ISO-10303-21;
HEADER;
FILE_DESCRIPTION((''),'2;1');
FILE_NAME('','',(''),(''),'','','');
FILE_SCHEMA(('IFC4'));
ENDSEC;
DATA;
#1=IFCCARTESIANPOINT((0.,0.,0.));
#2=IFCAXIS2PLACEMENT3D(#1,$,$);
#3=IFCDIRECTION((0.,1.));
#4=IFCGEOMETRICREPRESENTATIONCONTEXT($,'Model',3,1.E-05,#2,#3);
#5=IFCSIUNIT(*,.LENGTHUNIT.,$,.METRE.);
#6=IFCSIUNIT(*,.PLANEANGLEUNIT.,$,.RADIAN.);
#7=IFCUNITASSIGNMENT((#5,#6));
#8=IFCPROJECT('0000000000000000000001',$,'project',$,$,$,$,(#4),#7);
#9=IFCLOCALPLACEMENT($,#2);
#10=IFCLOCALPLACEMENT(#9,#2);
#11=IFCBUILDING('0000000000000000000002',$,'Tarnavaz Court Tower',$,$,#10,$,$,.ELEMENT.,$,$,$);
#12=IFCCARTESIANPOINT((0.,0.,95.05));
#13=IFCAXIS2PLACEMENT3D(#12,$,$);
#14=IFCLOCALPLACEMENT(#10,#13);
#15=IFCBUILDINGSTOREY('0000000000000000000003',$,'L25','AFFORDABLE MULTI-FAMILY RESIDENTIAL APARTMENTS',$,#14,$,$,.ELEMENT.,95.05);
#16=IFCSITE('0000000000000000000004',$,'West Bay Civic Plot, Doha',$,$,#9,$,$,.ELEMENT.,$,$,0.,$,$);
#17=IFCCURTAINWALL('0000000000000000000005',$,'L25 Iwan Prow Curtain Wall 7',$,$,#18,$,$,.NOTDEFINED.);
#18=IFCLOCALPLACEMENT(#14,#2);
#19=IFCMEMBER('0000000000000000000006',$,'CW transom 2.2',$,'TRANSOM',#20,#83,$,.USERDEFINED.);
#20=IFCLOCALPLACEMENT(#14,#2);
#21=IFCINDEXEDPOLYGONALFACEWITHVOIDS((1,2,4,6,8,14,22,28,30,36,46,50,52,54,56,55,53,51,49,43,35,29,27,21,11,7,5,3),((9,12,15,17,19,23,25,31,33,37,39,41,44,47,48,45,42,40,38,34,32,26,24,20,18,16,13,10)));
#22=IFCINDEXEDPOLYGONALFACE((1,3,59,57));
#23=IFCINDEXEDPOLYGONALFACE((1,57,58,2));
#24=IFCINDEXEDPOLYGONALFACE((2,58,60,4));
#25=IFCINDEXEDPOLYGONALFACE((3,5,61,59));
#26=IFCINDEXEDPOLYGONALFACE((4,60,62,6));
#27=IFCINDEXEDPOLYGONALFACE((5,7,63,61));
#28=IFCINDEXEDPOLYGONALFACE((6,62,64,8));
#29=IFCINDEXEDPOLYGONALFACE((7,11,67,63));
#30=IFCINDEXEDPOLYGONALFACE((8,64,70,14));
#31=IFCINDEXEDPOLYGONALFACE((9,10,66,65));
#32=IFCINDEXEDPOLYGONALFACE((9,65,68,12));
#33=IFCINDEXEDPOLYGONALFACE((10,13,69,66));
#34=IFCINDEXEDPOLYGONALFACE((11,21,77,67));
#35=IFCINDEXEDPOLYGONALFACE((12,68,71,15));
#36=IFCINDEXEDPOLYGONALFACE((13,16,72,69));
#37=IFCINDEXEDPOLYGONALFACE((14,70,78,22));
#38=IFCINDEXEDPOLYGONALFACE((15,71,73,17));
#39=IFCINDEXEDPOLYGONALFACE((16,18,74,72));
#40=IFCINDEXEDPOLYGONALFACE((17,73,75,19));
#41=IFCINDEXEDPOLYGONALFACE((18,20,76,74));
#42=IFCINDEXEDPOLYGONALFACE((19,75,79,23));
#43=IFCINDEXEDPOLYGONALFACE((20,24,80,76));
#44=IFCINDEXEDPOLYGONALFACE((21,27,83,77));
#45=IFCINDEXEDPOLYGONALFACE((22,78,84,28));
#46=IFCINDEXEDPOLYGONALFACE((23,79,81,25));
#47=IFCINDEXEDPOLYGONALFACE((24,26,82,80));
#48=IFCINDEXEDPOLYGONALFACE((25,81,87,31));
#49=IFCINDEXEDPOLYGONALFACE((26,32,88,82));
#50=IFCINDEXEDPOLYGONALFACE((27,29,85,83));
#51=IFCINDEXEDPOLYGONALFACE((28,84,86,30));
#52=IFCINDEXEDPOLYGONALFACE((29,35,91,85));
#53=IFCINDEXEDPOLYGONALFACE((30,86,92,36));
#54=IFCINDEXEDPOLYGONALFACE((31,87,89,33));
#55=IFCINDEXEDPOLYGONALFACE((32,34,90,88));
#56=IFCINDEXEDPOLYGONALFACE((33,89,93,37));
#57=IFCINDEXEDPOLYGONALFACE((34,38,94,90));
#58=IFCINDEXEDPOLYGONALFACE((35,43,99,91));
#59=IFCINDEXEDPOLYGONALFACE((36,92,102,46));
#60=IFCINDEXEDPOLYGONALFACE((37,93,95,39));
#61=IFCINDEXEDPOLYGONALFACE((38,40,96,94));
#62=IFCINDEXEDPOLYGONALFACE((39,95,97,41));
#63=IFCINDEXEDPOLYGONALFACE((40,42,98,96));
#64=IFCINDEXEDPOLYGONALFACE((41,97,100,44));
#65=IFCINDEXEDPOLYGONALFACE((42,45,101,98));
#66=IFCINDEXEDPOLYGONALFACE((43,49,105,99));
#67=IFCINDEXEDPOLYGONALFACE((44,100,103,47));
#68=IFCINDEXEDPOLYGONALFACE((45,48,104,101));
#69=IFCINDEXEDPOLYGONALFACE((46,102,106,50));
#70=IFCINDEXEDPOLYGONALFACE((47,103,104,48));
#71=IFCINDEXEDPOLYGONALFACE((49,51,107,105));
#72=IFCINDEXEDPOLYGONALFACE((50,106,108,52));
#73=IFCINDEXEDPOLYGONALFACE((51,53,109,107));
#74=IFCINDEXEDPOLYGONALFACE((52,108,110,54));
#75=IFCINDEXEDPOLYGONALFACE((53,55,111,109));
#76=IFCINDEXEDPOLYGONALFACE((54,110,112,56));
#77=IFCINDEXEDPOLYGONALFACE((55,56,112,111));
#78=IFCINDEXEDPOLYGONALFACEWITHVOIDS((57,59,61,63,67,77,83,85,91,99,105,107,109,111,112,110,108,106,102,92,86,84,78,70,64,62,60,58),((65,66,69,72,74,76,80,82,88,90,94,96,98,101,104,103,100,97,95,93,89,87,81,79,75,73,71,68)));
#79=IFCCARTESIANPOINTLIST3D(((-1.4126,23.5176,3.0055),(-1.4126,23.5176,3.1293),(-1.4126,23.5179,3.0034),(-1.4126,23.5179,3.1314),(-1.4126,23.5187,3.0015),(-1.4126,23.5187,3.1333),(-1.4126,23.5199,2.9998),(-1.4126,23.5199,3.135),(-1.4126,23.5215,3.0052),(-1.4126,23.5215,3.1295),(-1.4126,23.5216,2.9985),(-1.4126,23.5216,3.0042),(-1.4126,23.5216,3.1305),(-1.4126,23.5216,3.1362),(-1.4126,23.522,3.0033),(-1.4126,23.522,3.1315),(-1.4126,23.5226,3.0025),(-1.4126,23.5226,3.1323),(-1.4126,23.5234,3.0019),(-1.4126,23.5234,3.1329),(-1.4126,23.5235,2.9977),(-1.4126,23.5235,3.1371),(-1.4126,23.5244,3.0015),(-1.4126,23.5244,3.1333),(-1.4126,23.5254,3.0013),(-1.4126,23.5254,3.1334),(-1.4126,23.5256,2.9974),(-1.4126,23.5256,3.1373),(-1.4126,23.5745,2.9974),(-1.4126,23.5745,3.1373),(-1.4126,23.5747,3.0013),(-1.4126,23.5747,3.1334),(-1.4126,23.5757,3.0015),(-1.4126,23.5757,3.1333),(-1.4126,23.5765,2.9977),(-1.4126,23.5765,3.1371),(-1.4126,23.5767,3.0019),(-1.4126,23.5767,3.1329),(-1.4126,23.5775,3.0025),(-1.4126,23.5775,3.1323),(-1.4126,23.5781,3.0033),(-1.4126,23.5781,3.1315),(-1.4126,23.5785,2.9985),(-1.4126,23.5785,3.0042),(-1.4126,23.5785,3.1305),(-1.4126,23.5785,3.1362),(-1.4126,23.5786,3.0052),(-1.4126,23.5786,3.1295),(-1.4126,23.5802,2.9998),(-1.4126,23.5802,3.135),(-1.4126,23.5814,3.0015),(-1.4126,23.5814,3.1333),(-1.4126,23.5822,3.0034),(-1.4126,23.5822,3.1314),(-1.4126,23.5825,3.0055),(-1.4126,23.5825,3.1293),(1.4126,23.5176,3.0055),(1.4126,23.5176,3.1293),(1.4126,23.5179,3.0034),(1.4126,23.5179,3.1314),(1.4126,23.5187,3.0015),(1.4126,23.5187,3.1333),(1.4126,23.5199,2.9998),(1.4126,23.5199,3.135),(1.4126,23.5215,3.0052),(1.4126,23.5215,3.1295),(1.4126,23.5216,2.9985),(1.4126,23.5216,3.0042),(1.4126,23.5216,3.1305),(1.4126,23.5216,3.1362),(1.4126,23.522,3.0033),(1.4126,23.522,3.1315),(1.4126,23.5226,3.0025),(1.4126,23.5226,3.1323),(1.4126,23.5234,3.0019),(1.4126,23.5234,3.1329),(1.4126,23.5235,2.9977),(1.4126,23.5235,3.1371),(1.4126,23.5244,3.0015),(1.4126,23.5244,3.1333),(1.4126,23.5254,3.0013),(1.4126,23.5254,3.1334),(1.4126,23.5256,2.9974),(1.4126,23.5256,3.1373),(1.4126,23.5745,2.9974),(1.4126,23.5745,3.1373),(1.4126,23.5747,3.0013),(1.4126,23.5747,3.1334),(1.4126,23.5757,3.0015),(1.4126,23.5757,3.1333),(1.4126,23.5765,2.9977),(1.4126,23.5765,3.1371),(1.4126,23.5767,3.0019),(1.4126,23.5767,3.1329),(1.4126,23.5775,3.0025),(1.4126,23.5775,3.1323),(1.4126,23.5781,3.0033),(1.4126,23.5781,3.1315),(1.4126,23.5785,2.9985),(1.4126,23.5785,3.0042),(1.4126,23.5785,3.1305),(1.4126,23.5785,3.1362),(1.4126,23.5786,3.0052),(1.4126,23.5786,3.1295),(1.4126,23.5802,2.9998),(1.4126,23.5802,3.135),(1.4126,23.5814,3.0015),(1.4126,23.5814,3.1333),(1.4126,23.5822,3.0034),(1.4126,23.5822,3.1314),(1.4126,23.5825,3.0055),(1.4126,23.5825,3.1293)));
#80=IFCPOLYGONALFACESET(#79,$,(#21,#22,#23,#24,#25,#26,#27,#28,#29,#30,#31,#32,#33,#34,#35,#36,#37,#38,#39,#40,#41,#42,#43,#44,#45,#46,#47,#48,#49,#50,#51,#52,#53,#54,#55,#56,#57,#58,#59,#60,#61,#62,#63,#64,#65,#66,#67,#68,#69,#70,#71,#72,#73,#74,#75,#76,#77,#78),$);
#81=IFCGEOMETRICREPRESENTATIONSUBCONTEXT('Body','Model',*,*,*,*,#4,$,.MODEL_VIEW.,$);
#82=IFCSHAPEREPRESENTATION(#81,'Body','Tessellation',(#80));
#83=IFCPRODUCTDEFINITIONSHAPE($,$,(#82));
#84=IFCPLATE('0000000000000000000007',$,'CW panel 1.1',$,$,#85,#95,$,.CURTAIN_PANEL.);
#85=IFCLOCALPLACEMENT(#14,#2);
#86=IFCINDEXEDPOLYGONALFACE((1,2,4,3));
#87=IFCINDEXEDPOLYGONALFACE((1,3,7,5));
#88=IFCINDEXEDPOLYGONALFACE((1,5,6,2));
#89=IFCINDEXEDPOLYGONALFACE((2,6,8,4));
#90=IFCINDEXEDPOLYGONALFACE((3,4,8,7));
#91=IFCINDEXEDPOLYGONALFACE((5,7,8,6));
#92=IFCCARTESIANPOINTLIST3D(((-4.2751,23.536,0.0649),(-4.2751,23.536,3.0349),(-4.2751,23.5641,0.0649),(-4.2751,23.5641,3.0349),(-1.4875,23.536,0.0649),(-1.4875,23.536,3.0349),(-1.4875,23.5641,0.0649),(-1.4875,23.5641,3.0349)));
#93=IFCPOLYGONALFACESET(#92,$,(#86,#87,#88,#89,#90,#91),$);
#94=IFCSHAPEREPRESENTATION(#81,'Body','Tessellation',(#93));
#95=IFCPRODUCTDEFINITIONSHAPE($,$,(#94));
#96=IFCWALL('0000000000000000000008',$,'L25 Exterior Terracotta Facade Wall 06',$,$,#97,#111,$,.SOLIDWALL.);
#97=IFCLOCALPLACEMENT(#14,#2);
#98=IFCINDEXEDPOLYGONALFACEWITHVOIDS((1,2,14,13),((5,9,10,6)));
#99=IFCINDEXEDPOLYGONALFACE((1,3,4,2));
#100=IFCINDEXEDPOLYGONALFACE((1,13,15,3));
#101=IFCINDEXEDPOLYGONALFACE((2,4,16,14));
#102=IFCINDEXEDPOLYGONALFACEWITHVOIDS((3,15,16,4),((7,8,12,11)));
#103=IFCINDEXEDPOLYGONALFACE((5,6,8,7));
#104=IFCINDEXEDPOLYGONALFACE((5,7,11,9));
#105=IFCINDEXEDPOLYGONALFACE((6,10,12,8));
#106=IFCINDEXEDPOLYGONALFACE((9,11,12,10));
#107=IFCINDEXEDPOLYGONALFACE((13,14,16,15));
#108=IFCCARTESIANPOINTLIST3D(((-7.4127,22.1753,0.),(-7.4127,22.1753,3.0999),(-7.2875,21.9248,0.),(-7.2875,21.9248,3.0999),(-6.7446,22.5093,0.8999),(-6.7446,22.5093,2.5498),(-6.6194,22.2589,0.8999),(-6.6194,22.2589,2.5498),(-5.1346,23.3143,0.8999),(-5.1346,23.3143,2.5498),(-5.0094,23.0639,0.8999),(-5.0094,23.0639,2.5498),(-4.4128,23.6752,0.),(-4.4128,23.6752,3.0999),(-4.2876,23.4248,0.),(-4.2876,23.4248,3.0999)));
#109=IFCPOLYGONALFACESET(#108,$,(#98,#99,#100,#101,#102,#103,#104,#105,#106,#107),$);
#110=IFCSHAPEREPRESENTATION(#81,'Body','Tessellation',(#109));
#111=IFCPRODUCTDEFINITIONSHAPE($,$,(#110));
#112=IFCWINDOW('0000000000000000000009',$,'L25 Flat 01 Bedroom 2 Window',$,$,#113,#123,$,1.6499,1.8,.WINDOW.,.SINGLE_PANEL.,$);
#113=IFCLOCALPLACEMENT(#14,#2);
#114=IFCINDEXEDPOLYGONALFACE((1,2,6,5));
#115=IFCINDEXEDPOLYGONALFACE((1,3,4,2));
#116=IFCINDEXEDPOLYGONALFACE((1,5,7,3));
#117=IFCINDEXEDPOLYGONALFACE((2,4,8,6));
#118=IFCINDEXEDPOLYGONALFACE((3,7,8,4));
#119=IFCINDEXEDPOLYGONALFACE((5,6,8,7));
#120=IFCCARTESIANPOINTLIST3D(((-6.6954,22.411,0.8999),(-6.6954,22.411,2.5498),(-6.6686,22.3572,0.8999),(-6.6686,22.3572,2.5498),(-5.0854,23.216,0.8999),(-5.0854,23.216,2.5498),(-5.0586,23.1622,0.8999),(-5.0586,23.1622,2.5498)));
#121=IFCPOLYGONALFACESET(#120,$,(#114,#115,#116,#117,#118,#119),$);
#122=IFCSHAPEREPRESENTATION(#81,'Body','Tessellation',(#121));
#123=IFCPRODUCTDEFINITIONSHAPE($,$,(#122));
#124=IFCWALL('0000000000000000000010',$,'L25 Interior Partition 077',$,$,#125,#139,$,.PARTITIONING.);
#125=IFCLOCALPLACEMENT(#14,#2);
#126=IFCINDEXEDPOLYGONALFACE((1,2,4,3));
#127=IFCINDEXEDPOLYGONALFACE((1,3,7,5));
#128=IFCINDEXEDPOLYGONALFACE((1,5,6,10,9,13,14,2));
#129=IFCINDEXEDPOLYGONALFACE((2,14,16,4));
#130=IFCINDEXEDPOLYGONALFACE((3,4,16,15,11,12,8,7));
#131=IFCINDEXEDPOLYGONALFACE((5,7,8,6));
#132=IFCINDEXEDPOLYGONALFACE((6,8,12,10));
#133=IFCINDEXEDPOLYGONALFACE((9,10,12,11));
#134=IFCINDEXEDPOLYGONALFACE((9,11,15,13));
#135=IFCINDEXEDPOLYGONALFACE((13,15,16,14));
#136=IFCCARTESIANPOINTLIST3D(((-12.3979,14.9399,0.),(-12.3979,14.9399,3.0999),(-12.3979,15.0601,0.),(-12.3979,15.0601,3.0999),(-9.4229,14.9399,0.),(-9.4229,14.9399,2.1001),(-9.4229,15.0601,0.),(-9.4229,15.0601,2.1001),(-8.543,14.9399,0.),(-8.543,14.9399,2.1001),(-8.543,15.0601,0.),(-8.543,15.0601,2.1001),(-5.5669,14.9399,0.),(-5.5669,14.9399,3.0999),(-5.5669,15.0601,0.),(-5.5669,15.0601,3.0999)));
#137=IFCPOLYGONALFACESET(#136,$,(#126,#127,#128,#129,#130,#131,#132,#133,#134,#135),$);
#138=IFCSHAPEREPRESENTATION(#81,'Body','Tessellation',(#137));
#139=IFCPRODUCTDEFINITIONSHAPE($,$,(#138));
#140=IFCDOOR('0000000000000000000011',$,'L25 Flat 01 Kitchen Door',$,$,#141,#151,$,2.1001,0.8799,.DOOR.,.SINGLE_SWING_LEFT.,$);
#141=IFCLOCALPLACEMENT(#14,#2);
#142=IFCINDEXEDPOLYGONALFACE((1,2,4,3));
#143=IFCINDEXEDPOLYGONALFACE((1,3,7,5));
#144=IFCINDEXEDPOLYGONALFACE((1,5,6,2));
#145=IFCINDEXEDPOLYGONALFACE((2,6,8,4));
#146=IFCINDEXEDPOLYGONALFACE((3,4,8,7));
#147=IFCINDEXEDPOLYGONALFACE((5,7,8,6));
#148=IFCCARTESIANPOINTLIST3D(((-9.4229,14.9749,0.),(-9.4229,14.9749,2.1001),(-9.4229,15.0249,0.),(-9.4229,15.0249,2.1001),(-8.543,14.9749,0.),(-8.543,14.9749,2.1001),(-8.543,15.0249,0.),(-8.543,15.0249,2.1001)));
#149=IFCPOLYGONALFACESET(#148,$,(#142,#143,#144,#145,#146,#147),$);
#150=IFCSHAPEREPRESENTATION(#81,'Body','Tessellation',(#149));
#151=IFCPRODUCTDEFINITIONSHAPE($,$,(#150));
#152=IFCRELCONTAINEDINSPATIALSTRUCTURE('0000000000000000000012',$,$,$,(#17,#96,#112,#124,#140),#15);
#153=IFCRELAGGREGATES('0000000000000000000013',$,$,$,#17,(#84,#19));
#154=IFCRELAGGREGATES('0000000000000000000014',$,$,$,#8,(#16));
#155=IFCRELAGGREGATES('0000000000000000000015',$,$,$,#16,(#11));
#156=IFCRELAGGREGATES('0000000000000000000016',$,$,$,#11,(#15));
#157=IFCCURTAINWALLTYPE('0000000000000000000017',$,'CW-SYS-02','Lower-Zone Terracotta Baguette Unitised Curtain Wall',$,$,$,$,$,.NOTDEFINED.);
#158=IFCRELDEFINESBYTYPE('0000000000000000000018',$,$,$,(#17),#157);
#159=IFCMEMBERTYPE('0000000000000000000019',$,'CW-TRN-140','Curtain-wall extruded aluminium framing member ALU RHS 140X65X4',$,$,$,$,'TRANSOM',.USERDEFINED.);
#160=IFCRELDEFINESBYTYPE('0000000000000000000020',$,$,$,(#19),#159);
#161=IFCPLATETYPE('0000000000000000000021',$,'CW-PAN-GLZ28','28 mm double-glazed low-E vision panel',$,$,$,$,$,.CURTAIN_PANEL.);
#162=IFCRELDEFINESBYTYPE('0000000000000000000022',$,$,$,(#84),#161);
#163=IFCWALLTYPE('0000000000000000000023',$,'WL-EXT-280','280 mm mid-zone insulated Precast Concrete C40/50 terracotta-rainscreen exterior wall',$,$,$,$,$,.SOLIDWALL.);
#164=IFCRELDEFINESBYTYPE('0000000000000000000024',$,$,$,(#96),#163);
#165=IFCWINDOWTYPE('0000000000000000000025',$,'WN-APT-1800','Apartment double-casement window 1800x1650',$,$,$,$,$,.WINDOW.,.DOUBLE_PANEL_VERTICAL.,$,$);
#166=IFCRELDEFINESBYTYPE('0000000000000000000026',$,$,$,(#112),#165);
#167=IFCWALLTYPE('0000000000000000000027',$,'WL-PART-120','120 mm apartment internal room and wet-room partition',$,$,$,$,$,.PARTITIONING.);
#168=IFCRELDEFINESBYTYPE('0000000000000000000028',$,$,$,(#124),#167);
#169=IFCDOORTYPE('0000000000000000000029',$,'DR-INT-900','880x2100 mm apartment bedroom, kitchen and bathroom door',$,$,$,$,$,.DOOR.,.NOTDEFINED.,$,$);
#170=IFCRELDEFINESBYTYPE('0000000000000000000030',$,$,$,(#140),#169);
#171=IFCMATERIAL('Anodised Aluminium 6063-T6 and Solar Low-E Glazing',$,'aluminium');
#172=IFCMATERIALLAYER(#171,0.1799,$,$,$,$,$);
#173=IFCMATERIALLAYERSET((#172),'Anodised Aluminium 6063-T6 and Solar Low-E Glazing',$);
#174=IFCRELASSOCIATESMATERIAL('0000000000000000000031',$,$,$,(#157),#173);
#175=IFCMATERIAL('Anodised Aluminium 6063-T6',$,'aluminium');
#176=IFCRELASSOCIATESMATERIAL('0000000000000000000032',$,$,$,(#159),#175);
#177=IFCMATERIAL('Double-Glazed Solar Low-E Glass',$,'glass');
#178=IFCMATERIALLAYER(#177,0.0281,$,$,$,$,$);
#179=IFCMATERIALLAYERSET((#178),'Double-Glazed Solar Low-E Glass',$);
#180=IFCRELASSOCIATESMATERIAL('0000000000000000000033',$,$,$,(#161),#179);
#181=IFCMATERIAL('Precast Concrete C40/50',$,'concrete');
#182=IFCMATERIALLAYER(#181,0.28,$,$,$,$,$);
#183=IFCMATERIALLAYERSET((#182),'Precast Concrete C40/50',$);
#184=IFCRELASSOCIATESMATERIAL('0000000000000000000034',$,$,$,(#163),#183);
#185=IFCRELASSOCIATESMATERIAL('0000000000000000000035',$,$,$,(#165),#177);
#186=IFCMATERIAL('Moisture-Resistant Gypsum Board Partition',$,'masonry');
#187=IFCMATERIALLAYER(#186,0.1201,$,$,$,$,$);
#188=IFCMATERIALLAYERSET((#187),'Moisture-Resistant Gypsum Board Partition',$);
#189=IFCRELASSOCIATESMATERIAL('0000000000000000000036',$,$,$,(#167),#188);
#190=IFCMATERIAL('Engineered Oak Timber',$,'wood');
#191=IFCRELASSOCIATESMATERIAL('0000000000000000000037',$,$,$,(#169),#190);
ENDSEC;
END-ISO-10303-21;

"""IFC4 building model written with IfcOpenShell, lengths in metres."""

from ifc_helpers import new_model, si_unit, direction, frame, frame_2d, origin, origin_2d, place, context, subcontext, project, spatial, rectangle, hollow_rectangle, extrude, material, layer, layer_set, material_profile, profile_set, type_object, element, fill, aggregate, save


model = new_model("IFC4")

# Units and contexts
model_context = context("Model", 3, precision=1e-05, world=origin(), true_north=direction((0.0, 1.0)))
body_context = subcontext(model_context, "Body", "Model", "MODEL_VIEW")
ifc_project = project(units=[si_unit("LENGTHUNIT", "METRE"), si_unit("PLANEANGLEUNIT", "RADIAN")], contexts=[model_context])

# Site, building, storey
site_placement = place(None, origin())
site = spatial("IfcSite", under=ifc_project, at=site_placement, Name="West Bay Civic Plot, Doha", CompositionType="ELEMENT", RefElevation=0.0)
building_placement = place(site_placement, origin())
building = spatial("IfcBuilding", under=site, at=building_placement, Name="Tarnavaz Court Tower", CompositionType="ELEMENT")
storey_placement = place(building_placement, frame((0.0, 0.0, 95.05)))
storey = spatial("IfcBuildingStorey", under=building, at=storey_placement, Name="L25", Description="AFFORDABLE MULTI-FAMILY RESIDENTIAL APARTMENTS", CompositionType="ELEMENT", Elevation=95.05)

# Curtain wall, member, plate
ifc_material_1 = material(Name="Anodised Aluminium 6063-T6 and Solar Low-E Glazing", Category="aluminium")
ifc_layer_1 = layer(ifc_material_1, 0.1799)
ifc_layer_set_1 = layer_set([ifc_layer_1], Name="Anodised Aluminium 6063-T6 and Solar Low-E Glazing")
curtain_wall_type = type_object("IfcCurtainWallType", Name="CW-SYS-02", Description="Lower-Zone Terracotta Baguette Unitised Curtain Wall", PredefinedType="NOTDEFINED", material=ifc_layer_set_1)
curtain_wall_placement = place(storey_placement, origin())
curtain_wall = element("IfcCurtainWall", 1, at=curtain_wall_placement, inside=storey, type_object=curtain_wall_type, Name="L25 Iwan Prow Curtain Wall 7", PredefinedType="NOTDEFINED")
ifc_material_2 = material(Name="Anodised Aluminium 6063-T6", Category="aluminium")
ifc_material_profile_1 = material_profile(ifc_material_2, hollow_rectangle(XDim=0.0649, YDim=0.1399, WallThickness=0.0039, InnerFilletRadius=0.0039, OuterFilletRadius=0.0081, at=origin_2d()), Name="ALU RHS 140X65X4")
ifc_profile_set_1 = profile_set([ifc_material_profile_1], Name="Anodised Aluminium 6063-T6")
member_type_1 = type_object("IfcMemberType", Name="CW-TRN-140", Description="Curtain-wall extruded aluminium framing member ALU RHS 140X65X4", ElementType="TRANSOM", PredefinedType="USERDEFINED", material=ifc_profile_set_1)
member_1_placement = place(storey_placement, frame((-1.4126, 23.55, 3.0674), z_axis=(1.0, 0.0, 0.0), x_axis=(0.0, 1.0, 0.0)))
member_1 = element("IfcMember", 2, at=member_1_placement, type_object=member_type_1, Name="CW transom 2.2", ObjectType="TRANSOM", PredefinedType="USERDEFINED", context=body_context, shape_type="SweptSolid", body=[
    extrude(hollow_rectangle(XDim=0.0649, YDim=0.1399, WallThickness=0.0039, InnerFilletRadius=0.0039, OuterFilletRadius=0.0081, at=origin_2d()), origin(), (0.0, 0.0, 1.0), 2.8252),
])
ifc_material_3 = material(Name="Double-Glazed Solar Low-E Glass", Category="glass")
ifc_layer_2 = layer(ifc_material_3, 0.0281)
ifc_layer_set_2 = layer_set([ifc_layer_2], Name="Double-Glazed Solar Low-E Glass")
plate_type = type_object("IfcPlateType", Name="CW-PAN-GLZ28", Description="28 mm double-glazed low-E vision panel", PredefinedType="CURTAIN_PANEL", material=ifc_layer_set_2)
plate_placement = place(storey_placement, frame((-2.8813, 23.55, 0.0649), z_axis=(0.0, 0.0, 1.0), x_axis=(1.0, 0.0, 0.0)))
plate = element("IfcPlate", 3, at=plate_placement, type_object=plate_type, Name="CW panel 1.1", PredefinedType="CURTAIN_PANEL", context=body_context, shape_type="SweptSolid", body=[
    extrude(rectangle(XDim=2.7876, YDim=0.0281, at=origin_2d()), origin(), (0.0, 0.0, 1.0), 2.97),
])
aggregate(curtain_wall, [plate, member_1])

# Wall, opening, window
ifc_material_4 = material(Name="Precast Concrete C40/50", Category="concrete")
ifc_layer_3 = layer(ifc_material_4, 0.28)
ifc_layer_set_3 = layer_set([ifc_layer_3], Name="Precast Concrete C40/50")
wall_type_1 = type_object("IfcWallType", Name="WL-EXT-280", Description="280 mm mid-zone insulated Precast Concrete C40/50 terracotta-rainscreen exterior wall", PredefinedType="SOLIDWALL", material=ifc_layer_set_3)
wall_1_placement = place(storey_placement, frame((-7.3501, 22.05, 0.0), z_axis=(0.0, 0.0, 1.0), x_axis=(0.894427, 0.447214, 0.0)))
wall_1 = element("IfcWall", 4, at=wall_1_placement, inside=storey, type_object=wall_type_1, Name="L25 Exterior Terracotta Facade Wall 06", PredefinedType="SOLIDWALL", context=body_context, shape_type="SweptSolid", body=[
    extrude(rectangle(XDim=3.354, YDim=0.28, at=frame_2d((1.677, 0.0))), origin(), (0.0, 0.0, 1.0), 3.0999),
])
opening_1_placement = place(wall_1_placement, frame((0.7471, 0.0, 0.8999)))
opening_1 = element("IfcOpeningElement", 5, at=opening_1_placement, cuts=wall_1, PredefinedType="OPENING", context=body_context, shape_type="SweptSolid", body=[
    extrude(rectangle(XDim=1.8, YDim=1.6499, at=frame_2d((0.8999, 0.825))), frame((0.0, 0.1499, 0.0), z_axis=(0.0, -1.0, 0.0), x_axis=(1.0, 0.0, 0.0)), (0.0, 0.0, 1.0), 0.3),
])
window_type = type_object("IfcWindowType", Name="WN-APT-1800", Description="Apartment double-casement window 1800x1650", PartitioningType="DOUBLE_PANEL_VERTICAL", PredefinedType="WINDOW", material=ifc_material_3)
window_placement = place(opening_1_placement, origin())
window = element("IfcWindow", 6, at=window_placement, inside=storey, type_object=window_type, Name="L25 Flat 01 Bedroom 2 Window", OverallHeight=1.6499, OverallWidth=1.8, PartitioningType="SINGLE_PANEL", PredefinedType="WINDOW", context=body_context, shape_type="SweptSolid", body=[
    extrude(rectangle(XDim=1.8, YDim=1.6499, at=frame_2d((0.8999, 0.825))), frame((0.0, 0.03, 0.0), z_axis=(0.0, -1.0, 0.0), x_axis=(1.0, 0.0, 0.0)), (0.0, 0.0, 1.0), 0.0601),
])
fill(opening_1, window)

# Wall, opening, door
ifc_material_5 = material(Name="Moisture-Resistant Gypsum Board Partition", Category="masonry")
ifc_layer_4 = layer(ifc_material_5, 0.1201)
ifc_layer_set_4 = layer_set([ifc_layer_4], Name="Moisture-Resistant Gypsum Board Partition")
wall_type_2 = type_object("IfcWallType", Name="WL-PART-120", Description="120 mm apartment internal room and wet-room partition", PredefinedType="PARTITIONING", material=ifc_layer_set_4)
wall_2_placement = place(storey_placement, frame((-12.3979, 15.0, 0.0), z_axis=(0.0, 0.0, 1.0), x_axis=(1.0, 0.0, 0.0)))
wall_2 = element("IfcWall", 7, at=wall_2_placement, inside=storey, type_object=wall_type_2, Name="L25 Interior Partition 077", PredefinedType="PARTITIONING", context=body_context, shape_type="SweptSolid", body=[
    extrude(rectangle(XDim=6.8311, YDim=0.1201, at=frame_2d((3.4155, 0.0))), origin(), (0.0, 0.0, 1.0), 3.0999),
])
opening_2_placement = place(wall_2_placement, frame((2.9751, 0.0, 0.0)))
opening_2 = element("IfcOpeningElement", 8, at=opening_2_placement, cuts=wall_2, PredefinedType="OPENING", context=body_context, shape_type="SweptSolid", body=[
    extrude(rectangle(XDim=0.8799, YDim=2.1001, at=frame_2d((0.4399, 1.05))), frame((0.0, 0.0701, 0.0), z_axis=(0.0, -1.0, 0.0), x_axis=(1.0, 0.0, 0.0)), (0.0, 0.0, 1.0), 0.1401),
])
ifc_material_6 = material(Name="Engineered Oak Timber", Category="wood")
door_type = type_object("IfcDoorType", Name="DR-INT-900", Description="880x2100 mm apartment bedroom, kitchen and bathroom door", OperationType="NOTDEFINED", PredefinedType="DOOR", material=ifc_material_6)
door_1_placement = place(opening_2_placement, origin())
door_1 = element("IfcDoor", 9, at=door_1_placement, inside=storey, type_object=door_type, Name="L25 Flat 01 Kitchen Door", OperationType="SINGLE_SWING_LEFT", OverallHeight=2.1001, OverallWidth=0.8799, PredefinedType="DOOR", context=body_context, shape_type="SweptSolid", body=[
    extrude(rectangle(XDim=0.8799, YDim=2.1001, at=frame_2d((0.4399, 1.05))), frame((0.0, 0.0249, 0.0), z_axis=(0.0, -1.0, 0.0), x_axis=(1.0, 0.0, 0.0)), (0.0, 0.0, 1.0), 0.05),
])
fill(opening_2, door_1)

save(model, "model.ifc")
